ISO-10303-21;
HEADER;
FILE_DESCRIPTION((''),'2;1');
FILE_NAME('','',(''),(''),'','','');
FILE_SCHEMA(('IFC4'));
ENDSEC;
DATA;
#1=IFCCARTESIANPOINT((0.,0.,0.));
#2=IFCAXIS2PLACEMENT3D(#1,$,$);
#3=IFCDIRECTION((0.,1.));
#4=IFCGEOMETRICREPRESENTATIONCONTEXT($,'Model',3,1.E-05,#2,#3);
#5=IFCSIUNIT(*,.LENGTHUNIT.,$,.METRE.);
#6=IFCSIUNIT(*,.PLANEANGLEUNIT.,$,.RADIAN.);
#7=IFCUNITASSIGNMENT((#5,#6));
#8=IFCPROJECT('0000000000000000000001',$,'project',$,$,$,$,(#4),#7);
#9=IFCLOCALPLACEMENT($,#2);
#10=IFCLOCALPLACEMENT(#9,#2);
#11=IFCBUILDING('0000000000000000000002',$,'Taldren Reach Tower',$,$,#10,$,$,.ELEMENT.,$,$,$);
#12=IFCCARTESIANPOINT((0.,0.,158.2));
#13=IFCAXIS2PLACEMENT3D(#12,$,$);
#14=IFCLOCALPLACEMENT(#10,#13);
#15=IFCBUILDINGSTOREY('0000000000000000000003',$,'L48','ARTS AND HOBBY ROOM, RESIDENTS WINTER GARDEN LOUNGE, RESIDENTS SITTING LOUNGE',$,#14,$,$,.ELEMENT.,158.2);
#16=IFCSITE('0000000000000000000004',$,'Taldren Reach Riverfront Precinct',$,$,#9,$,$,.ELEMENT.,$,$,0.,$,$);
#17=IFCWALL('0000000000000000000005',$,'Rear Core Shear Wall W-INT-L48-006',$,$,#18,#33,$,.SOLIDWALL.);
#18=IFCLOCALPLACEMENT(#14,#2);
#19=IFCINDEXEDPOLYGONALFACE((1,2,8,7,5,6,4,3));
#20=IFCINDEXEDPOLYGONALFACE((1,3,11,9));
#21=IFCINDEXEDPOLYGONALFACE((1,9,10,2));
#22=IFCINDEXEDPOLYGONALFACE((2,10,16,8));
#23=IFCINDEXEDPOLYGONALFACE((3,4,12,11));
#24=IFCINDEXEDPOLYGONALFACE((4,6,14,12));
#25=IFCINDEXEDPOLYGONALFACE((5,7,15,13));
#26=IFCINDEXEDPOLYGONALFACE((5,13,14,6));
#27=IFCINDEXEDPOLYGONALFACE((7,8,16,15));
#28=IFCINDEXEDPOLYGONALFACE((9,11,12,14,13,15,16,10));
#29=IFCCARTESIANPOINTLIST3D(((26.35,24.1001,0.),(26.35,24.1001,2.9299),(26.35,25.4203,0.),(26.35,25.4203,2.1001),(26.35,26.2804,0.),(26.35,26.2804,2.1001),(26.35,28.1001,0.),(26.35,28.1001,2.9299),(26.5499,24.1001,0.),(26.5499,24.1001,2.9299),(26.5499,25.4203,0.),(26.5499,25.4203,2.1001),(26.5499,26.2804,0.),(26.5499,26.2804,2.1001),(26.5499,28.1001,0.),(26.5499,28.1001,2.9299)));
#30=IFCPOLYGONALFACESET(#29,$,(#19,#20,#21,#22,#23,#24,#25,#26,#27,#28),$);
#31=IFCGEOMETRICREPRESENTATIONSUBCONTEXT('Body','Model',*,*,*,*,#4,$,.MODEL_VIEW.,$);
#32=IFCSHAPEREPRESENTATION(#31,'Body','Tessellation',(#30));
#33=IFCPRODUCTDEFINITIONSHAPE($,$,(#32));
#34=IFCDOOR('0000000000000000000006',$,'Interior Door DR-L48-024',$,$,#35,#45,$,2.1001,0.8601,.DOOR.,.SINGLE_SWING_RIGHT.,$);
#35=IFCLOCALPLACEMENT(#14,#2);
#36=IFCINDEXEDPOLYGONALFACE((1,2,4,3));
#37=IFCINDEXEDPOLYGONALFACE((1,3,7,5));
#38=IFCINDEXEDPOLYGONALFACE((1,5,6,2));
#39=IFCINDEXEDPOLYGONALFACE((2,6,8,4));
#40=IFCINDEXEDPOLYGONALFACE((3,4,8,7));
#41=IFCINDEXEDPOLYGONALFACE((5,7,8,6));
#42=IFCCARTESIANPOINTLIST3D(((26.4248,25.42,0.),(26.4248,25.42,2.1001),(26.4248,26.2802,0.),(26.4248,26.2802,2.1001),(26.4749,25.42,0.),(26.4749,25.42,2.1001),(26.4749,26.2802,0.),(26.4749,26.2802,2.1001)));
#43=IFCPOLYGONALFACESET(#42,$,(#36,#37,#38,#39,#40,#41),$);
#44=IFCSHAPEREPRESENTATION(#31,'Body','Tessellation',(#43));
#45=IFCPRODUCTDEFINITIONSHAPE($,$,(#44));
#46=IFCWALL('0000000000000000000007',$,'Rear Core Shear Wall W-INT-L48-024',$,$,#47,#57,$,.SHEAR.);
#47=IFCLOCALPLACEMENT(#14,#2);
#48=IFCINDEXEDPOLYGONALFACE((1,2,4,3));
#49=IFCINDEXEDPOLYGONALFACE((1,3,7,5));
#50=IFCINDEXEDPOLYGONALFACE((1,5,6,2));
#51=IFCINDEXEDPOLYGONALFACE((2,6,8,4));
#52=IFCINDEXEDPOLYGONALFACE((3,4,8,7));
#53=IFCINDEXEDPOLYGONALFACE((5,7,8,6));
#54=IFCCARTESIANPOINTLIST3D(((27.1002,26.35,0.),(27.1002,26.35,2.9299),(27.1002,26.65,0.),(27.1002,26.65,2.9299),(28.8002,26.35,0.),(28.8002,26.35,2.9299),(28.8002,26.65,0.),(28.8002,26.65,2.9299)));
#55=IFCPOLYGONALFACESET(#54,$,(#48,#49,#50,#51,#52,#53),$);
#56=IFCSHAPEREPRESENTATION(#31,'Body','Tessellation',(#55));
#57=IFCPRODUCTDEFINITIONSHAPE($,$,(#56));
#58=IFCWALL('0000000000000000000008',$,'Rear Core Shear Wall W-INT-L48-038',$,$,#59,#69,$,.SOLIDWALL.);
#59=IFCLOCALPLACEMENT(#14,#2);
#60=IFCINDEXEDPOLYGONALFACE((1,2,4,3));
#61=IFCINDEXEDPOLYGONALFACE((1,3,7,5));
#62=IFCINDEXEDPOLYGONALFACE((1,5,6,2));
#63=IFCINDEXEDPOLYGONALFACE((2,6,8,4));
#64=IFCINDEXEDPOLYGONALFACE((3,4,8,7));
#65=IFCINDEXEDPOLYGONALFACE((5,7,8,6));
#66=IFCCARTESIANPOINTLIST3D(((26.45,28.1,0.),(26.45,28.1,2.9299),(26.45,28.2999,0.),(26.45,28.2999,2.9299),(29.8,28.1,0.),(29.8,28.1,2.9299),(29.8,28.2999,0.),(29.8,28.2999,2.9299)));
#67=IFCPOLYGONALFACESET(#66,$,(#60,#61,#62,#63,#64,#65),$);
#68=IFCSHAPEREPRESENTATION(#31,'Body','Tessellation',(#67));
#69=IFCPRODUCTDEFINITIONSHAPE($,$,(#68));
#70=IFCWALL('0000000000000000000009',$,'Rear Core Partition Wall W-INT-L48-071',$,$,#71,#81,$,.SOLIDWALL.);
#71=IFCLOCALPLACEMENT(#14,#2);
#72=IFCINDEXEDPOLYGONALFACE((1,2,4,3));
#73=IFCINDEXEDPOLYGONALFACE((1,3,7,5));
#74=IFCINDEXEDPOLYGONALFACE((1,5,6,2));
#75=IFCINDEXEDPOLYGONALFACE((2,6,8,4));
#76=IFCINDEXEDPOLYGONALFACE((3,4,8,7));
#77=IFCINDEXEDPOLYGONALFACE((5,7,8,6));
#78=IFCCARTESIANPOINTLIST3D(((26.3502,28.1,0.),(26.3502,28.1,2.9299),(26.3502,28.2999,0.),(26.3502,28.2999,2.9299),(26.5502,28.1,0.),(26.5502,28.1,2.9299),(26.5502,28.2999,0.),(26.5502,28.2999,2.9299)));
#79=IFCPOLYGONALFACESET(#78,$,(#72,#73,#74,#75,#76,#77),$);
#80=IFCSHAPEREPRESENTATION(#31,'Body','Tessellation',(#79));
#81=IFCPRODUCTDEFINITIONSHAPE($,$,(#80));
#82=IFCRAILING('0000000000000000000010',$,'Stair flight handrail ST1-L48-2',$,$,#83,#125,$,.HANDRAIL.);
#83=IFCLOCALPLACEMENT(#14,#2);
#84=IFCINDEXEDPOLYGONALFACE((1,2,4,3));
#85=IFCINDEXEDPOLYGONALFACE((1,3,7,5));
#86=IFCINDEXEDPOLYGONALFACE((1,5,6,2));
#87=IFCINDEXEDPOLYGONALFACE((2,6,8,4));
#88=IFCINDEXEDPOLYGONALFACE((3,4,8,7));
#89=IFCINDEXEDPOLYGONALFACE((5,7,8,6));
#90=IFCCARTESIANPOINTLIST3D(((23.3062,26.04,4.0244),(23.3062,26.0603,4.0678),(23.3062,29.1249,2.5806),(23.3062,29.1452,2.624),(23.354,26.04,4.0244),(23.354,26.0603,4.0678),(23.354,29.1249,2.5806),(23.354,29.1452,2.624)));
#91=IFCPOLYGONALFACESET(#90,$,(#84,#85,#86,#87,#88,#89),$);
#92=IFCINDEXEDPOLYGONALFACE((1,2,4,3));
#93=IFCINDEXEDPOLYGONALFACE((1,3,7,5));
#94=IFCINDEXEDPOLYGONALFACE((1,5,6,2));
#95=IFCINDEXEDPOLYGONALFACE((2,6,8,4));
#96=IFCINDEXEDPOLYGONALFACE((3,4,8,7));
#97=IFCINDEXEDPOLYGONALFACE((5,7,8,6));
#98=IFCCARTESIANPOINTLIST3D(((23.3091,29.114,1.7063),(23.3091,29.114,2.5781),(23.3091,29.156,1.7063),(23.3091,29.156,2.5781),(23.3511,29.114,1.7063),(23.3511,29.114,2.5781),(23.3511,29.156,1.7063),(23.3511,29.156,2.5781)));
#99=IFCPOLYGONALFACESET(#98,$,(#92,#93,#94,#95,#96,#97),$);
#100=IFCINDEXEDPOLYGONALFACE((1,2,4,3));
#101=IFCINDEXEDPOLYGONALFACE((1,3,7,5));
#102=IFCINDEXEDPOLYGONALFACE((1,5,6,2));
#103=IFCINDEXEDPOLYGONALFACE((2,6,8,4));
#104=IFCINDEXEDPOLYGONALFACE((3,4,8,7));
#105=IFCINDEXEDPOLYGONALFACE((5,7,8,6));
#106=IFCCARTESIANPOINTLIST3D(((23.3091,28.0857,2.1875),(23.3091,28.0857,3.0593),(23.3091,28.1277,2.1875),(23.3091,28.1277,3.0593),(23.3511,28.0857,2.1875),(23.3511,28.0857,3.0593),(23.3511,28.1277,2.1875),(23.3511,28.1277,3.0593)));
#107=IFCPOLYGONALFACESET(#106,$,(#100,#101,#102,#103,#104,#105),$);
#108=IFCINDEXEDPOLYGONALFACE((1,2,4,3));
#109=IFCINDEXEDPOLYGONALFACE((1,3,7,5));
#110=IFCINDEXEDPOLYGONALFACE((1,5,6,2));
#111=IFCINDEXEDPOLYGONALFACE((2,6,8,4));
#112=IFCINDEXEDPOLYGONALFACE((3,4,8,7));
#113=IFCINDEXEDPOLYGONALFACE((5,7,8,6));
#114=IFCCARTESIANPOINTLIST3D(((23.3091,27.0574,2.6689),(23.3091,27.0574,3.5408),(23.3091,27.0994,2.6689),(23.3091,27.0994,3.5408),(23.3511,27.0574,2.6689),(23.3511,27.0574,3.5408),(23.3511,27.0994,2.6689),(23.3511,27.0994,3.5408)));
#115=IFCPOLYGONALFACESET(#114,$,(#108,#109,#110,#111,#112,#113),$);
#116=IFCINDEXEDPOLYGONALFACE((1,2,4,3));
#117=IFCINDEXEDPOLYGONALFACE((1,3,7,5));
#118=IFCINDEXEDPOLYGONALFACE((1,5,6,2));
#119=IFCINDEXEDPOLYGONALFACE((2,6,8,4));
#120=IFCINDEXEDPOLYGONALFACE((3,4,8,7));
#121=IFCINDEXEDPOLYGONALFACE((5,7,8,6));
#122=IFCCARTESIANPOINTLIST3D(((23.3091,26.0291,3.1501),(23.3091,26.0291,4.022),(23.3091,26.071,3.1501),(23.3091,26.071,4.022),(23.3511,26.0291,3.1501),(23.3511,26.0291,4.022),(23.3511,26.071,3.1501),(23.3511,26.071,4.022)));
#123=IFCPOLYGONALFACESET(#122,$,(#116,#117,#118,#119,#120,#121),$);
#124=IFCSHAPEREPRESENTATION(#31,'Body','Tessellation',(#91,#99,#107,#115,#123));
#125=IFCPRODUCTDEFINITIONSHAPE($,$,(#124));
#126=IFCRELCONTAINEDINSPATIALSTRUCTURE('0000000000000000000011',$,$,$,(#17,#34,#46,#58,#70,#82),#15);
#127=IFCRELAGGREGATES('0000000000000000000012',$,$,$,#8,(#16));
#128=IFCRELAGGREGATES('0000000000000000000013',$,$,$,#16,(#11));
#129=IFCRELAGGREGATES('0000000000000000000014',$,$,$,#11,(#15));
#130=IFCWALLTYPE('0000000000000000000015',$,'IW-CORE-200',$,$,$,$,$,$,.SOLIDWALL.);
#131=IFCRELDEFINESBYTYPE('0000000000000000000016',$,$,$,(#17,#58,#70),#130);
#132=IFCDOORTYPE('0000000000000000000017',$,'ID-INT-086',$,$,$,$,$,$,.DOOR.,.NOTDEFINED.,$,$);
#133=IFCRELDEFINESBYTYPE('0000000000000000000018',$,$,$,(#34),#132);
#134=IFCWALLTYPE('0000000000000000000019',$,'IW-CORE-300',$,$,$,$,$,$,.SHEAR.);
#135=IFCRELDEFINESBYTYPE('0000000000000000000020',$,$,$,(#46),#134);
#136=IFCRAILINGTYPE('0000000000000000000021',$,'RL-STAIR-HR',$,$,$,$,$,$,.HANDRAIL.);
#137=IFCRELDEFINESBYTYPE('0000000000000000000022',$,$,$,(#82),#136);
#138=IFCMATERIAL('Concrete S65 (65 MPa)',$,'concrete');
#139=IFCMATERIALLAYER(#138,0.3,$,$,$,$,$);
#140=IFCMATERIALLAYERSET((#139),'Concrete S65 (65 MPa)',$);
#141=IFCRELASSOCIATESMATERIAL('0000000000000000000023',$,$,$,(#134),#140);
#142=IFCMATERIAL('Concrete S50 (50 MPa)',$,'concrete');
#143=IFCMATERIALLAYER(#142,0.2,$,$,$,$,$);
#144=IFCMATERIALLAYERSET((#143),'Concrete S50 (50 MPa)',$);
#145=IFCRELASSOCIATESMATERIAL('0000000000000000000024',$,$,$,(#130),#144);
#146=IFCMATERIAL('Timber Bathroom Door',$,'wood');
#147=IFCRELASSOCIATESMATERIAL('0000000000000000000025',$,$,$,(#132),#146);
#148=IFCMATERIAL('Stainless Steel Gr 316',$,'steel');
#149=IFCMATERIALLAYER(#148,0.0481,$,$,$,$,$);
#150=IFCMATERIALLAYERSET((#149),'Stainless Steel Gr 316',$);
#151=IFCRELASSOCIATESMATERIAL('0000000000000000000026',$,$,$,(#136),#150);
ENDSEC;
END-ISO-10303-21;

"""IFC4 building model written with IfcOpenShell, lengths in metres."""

from ifc_helpers import new_model, si_unit, direction, frame, frame_2d, origin, origin_2d, place, context, subcontext, project, spatial, rectangle, extrude, source, transform, mapped, material, layer, layer_set, type_object, element, fill, save


model = new_model("IFC4")

# Units and contexts
model_context = context("Model", 3, precision=1e-05, world=origin(), true_north=direction((0.0, 1.0)))
body_context = subcontext(model_context, "Body", "Model", "MODEL_VIEW")
ifc_project = project(units=[si_unit("LENGTHUNIT", "METRE"), si_unit("PLANEANGLEUNIT", "RADIAN")], contexts=[model_context])

# Site, building, storey
site_placement = place(None, origin())
site = spatial("IfcSite", under=ifc_project, at=site_placement, Name="Taldren Reach Riverfront Precinct", CompositionType="ELEMENT", RefElevation=0.0)
building_placement = place(site_placement, origin())
building = spatial("IfcBuilding", under=site, at=building_placement, Name="Taldren Reach Tower", CompositionType="ELEMENT")
storey_placement = place(building_placement, frame((0.0, 0.0, 158.2)))
storey = spatial("IfcBuildingStorey", under=building, at=storey_placement, Name="L48", Description="ARTS AND HOBBY ROOM, RESIDENTS WINTER GARDEN LOUNGE, RESIDENTS SITTING LOUNGE", CompositionType="ELEMENT", Elevation=158.2)

# Shared definitions
ifc_material_1 = material(Name="Concrete S65 (65 MPa)", Category="concrete")
ifc_layer_1 = layer(ifc_material_1, 0.3)
ifc_layer_set_1 = layer_set([ifc_layer_1], Name="Concrete S65 (65 MPa)")
wall_type_1 = type_object("IfcWallType", Name="IW-CORE-300", PredefinedType="SHEAR", material=ifc_layer_set_1)

# Shared definitions
ifc_material_2 = material(Name="Concrete S50 (50 MPa)", Category="concrete")
ifc_layer_2 = layer(ifc_material_2, 0.2)
ifc_layer_set_2 = layer_set([ifc_layer_2], Name="Concrete S50 (50 MPa)")
wall_type_2 = type_object("IfcWallType", Name="IW-CORE-200", PredefinedType="SOLIDWALL", material=ifc_layer_set_2)

# Wall, opening, door
shared_shape_1 = source(origin(), body_context, "Body", "SweptSolid", [
    extrude(rectangle(XDim=4.0, YDim=0.2, at=frame_2d((2.0, 0.0))), origin(), (0.0, 0.0, 1.0), 2.9299),
])
wall_1_placement = place(storey_placement, frame((26.45, 24.1001, 0.0), z_axis=(0.0, 0.0, 1.0), x_axis=(0.0, 1.0, 0.0)))
wall_1 = element("IfcWall", 1, at=wall_1_placement, inside=storey, type_object=wall_type_2, Name="Rear Core Shear Wall W-INT-L48-006", PredefinedType="SOLIDWALL", context=body_context, shape_type="MappedRepresentation", body=[
    mapped(shared_shape_1, transform((0.0, 0.0, 0.0), scale=1.0)),
])
shared_shape_2 = source(origin(), body_context, "Body", "SweptSolid", [
    extrude(rectangle(XDim=0.8601, YDim=2.1001, at=frame_2d((0.4302, 1.05))), frame((0.0, 0.1099, 0.0), z_axis=(0.0, -1.0, 0.0), x_axis=(1.0, 0.0, 0.0)), (0.0, 0.0, 1.0), 0.22),
])
opening_1_placement = place(wall_1_placement, frame((1.3201, 0.0, 0.0)))
opening_1 = element("IfcOpeningElement", 2, at=opening_1_placement, cuts=wall_1, PredefinedType="OPENING", context=body_context, shape_type="MappedRepresentation", body=[
    mapped(shared_shape_2, transform((0.0, 0.0, 0.0), scale=1.0)),
])
ifc_material_3 = material(Name="Timber Bathroom Door", Category="wood")
door_type_1 = type_object("IfcDoorType", Name="ID-INT-086", OperationType="NOTDEFINED", PredefinedType="DOOR", material=ifc_material_3)
shared_shape_3 = source(origin(), body_context, "Body", "SweptSolid", [
    extrude(rectangle(XDim=0.8601, YDim=2.1001, at=frame_2d((0.4302, 1.05))), frame((0.0, 0.0249, 0.0), z_axis=(0.0, -1.0, 0.0), x_axis=(1.0, 0.0, 0.0)), (0.0, 0.0, 1.0), 0.05),
])
door_1_placement = place(opening_1_placement, frame((0.8601, 0.0, 0.0), z_axis=(0.0, 0.0, 1.0), x_axis=(-1.0, 0.0, 0.0)))
door_1 = element("IfcDoor", 3, at=door_1_placement, inside=storey, type_object=door_type_1, Name="Interior Door DR-L48-024", OperationType="SINGLE_SWING_RIGHT", OverallHeight=2.1001, OverallWidth=0.8601, PredefinedType="DOOR", context=body_context, shape_type="MappedRepresentation", body=[
    mapped(shared_shape_3, transform((0.0, 0.0, 0.0), scale=1.0)),
])
fill(opening_1, door_1)

# Walls
shared_shape_4 = source(origin(), body_context, "Body", "SweptSolid", [
    extrude(rectangle(XDim=1.7, YDim=0.3, at=frame_2d((0.8501, 0.0))), origin(), (0.0, 0.0, 1.0), 2.9299),
])
wall_2_placement = place(storey_placement, frame((27.1001, 26.5, 0.0), z_axis=(0.0, 0.0, 1.0), x_axis=(1.0, 0.0, 0.0)))
element("IfcWall", 4, at=wall_2_placement, inside=storey, type_object=wall_type_1, Name="Rear Core Shear Wall W-INT-L48-024", PredefinedType="SHEAR", context=body_context, shape_type="MappedRepresentation", body=[
    mapped(shared_shape_4, transform((0.0, 0.0, 0.0), scale=1.0)),
])
shared_shape_5 = source(origin(), body_context, "Body", "SweptSolid", [
    extrude(rectangle(XDim=3.3501, YDim=0.2, at=frame_2d((1.675, 0.0))), origin(), (0.0, 0.0, 1.0), 2.9299),
])
wall_3_placement = place(storey_placement, frame((26.45, 28.2, 0.0), z_axis=(0.0, 0.0, 1.0), x_axis=(1.0, 0.0, 0.0)))
element("IfcWall", 5, at=wall_3_placement, inside=storey, type_object=wall_type_2, Name="Rear Core Shear Wall W-INT-L48-038", PredefinedType="SOLIDWALL", context=body_context, shape_type="MappedRepresentation", body=[
    mapped(shared_shape_5, transform((0.0, 0.0, 0.0), scale=1.0)),
])
shared_shape_6 = source(origin(), body_context, "Body", "SweptSolid", [
    extrude(rectangle(XDim=0.2, YDim=0.2, at=frame_2d((0.1001, 0.0))), origin(), (0.0, 0.0, 1.0), 2.9299),
])
wall_4_placement = place(storey_placement, frame((26.3501, 28.2, 0.0), z_axis=(0.0, 0.0, 1.0), x_axis=(1.0, 0.0, 0.0)))
element("IfcWall", 6, at=wall_4_placement, inside=storey, type_object=wall_type_2, Name="Rear Core Partition Wall W-INT-L48-071", PredefinedType="SOLIDWALL", context=body_context, shape_type="MappedRepresentation", body=[
    mapped(shared_shape_6, transform((0.0, 0.0, 0.0), scale=1.0)),
])

# Railing
ifc_material_4 = material(Name="Stainless Steel Gr 316", Category="steel")
ifc_layer_3 = layer(ifc_material_4, 0.0481)
ifc_layer_set_3 = layer_set([ifc_layer_3], Name="Stainless Steel Gr 316")
railing_type = type_object("IfcRailingType", Name="RL-STAIR-HR", PredefinedType="HANDRAIL", material=ifc_layer_set_3)
railing_placement = place(storey_placement, frame((23.3301, 29.135, 1.7063)))
element("IfcRailing", 7, at=railing_placement, inside=storey, type_object=railing_type, Name="Stair flight handrail ST1-L48-2", PredefinedType="HANDRAIL", context=body_context, shape_type="SweptSolid", body=[
    extrude(rectangle(XDim=0.0479, YDim=0.0479, at=origin_2d()), frame((0.0, 0.0, 0.896), z_axis=(0.0, -0.90571, 0.423898), x_axis=(1.0, 0.0, 0.0)), (0.0, 0.0, 1.0), 3.406),
    extrude(rectangle(XDim=0.042, YDim=0.042, at=origin_2d()), origin(), (0.0, 0.0, 1.0), 0.8718),
    extrude(rectangle(XDim=0.042, YDim=0.042, at=origin_2d()), frame((0.0, -1.0283, 0.4812)), (0.0, 0.0, 1.0), 0.8718),
    extrude(rectangle(XDim=0.042, YDim=0.042, at=origin_2d()), frame((0.0, -2.0566, 0.9626)), (0.0, 0.0, 1.0), 0.8718),
    extrude(rectangle(XDim=0.042, YDim=0.042, at=origin_2d()), frame((0.0, -3.085, 1.4438)), (0.0, 0.0, 1.0), 0.8718),
])

save(model, "model.ifc")
